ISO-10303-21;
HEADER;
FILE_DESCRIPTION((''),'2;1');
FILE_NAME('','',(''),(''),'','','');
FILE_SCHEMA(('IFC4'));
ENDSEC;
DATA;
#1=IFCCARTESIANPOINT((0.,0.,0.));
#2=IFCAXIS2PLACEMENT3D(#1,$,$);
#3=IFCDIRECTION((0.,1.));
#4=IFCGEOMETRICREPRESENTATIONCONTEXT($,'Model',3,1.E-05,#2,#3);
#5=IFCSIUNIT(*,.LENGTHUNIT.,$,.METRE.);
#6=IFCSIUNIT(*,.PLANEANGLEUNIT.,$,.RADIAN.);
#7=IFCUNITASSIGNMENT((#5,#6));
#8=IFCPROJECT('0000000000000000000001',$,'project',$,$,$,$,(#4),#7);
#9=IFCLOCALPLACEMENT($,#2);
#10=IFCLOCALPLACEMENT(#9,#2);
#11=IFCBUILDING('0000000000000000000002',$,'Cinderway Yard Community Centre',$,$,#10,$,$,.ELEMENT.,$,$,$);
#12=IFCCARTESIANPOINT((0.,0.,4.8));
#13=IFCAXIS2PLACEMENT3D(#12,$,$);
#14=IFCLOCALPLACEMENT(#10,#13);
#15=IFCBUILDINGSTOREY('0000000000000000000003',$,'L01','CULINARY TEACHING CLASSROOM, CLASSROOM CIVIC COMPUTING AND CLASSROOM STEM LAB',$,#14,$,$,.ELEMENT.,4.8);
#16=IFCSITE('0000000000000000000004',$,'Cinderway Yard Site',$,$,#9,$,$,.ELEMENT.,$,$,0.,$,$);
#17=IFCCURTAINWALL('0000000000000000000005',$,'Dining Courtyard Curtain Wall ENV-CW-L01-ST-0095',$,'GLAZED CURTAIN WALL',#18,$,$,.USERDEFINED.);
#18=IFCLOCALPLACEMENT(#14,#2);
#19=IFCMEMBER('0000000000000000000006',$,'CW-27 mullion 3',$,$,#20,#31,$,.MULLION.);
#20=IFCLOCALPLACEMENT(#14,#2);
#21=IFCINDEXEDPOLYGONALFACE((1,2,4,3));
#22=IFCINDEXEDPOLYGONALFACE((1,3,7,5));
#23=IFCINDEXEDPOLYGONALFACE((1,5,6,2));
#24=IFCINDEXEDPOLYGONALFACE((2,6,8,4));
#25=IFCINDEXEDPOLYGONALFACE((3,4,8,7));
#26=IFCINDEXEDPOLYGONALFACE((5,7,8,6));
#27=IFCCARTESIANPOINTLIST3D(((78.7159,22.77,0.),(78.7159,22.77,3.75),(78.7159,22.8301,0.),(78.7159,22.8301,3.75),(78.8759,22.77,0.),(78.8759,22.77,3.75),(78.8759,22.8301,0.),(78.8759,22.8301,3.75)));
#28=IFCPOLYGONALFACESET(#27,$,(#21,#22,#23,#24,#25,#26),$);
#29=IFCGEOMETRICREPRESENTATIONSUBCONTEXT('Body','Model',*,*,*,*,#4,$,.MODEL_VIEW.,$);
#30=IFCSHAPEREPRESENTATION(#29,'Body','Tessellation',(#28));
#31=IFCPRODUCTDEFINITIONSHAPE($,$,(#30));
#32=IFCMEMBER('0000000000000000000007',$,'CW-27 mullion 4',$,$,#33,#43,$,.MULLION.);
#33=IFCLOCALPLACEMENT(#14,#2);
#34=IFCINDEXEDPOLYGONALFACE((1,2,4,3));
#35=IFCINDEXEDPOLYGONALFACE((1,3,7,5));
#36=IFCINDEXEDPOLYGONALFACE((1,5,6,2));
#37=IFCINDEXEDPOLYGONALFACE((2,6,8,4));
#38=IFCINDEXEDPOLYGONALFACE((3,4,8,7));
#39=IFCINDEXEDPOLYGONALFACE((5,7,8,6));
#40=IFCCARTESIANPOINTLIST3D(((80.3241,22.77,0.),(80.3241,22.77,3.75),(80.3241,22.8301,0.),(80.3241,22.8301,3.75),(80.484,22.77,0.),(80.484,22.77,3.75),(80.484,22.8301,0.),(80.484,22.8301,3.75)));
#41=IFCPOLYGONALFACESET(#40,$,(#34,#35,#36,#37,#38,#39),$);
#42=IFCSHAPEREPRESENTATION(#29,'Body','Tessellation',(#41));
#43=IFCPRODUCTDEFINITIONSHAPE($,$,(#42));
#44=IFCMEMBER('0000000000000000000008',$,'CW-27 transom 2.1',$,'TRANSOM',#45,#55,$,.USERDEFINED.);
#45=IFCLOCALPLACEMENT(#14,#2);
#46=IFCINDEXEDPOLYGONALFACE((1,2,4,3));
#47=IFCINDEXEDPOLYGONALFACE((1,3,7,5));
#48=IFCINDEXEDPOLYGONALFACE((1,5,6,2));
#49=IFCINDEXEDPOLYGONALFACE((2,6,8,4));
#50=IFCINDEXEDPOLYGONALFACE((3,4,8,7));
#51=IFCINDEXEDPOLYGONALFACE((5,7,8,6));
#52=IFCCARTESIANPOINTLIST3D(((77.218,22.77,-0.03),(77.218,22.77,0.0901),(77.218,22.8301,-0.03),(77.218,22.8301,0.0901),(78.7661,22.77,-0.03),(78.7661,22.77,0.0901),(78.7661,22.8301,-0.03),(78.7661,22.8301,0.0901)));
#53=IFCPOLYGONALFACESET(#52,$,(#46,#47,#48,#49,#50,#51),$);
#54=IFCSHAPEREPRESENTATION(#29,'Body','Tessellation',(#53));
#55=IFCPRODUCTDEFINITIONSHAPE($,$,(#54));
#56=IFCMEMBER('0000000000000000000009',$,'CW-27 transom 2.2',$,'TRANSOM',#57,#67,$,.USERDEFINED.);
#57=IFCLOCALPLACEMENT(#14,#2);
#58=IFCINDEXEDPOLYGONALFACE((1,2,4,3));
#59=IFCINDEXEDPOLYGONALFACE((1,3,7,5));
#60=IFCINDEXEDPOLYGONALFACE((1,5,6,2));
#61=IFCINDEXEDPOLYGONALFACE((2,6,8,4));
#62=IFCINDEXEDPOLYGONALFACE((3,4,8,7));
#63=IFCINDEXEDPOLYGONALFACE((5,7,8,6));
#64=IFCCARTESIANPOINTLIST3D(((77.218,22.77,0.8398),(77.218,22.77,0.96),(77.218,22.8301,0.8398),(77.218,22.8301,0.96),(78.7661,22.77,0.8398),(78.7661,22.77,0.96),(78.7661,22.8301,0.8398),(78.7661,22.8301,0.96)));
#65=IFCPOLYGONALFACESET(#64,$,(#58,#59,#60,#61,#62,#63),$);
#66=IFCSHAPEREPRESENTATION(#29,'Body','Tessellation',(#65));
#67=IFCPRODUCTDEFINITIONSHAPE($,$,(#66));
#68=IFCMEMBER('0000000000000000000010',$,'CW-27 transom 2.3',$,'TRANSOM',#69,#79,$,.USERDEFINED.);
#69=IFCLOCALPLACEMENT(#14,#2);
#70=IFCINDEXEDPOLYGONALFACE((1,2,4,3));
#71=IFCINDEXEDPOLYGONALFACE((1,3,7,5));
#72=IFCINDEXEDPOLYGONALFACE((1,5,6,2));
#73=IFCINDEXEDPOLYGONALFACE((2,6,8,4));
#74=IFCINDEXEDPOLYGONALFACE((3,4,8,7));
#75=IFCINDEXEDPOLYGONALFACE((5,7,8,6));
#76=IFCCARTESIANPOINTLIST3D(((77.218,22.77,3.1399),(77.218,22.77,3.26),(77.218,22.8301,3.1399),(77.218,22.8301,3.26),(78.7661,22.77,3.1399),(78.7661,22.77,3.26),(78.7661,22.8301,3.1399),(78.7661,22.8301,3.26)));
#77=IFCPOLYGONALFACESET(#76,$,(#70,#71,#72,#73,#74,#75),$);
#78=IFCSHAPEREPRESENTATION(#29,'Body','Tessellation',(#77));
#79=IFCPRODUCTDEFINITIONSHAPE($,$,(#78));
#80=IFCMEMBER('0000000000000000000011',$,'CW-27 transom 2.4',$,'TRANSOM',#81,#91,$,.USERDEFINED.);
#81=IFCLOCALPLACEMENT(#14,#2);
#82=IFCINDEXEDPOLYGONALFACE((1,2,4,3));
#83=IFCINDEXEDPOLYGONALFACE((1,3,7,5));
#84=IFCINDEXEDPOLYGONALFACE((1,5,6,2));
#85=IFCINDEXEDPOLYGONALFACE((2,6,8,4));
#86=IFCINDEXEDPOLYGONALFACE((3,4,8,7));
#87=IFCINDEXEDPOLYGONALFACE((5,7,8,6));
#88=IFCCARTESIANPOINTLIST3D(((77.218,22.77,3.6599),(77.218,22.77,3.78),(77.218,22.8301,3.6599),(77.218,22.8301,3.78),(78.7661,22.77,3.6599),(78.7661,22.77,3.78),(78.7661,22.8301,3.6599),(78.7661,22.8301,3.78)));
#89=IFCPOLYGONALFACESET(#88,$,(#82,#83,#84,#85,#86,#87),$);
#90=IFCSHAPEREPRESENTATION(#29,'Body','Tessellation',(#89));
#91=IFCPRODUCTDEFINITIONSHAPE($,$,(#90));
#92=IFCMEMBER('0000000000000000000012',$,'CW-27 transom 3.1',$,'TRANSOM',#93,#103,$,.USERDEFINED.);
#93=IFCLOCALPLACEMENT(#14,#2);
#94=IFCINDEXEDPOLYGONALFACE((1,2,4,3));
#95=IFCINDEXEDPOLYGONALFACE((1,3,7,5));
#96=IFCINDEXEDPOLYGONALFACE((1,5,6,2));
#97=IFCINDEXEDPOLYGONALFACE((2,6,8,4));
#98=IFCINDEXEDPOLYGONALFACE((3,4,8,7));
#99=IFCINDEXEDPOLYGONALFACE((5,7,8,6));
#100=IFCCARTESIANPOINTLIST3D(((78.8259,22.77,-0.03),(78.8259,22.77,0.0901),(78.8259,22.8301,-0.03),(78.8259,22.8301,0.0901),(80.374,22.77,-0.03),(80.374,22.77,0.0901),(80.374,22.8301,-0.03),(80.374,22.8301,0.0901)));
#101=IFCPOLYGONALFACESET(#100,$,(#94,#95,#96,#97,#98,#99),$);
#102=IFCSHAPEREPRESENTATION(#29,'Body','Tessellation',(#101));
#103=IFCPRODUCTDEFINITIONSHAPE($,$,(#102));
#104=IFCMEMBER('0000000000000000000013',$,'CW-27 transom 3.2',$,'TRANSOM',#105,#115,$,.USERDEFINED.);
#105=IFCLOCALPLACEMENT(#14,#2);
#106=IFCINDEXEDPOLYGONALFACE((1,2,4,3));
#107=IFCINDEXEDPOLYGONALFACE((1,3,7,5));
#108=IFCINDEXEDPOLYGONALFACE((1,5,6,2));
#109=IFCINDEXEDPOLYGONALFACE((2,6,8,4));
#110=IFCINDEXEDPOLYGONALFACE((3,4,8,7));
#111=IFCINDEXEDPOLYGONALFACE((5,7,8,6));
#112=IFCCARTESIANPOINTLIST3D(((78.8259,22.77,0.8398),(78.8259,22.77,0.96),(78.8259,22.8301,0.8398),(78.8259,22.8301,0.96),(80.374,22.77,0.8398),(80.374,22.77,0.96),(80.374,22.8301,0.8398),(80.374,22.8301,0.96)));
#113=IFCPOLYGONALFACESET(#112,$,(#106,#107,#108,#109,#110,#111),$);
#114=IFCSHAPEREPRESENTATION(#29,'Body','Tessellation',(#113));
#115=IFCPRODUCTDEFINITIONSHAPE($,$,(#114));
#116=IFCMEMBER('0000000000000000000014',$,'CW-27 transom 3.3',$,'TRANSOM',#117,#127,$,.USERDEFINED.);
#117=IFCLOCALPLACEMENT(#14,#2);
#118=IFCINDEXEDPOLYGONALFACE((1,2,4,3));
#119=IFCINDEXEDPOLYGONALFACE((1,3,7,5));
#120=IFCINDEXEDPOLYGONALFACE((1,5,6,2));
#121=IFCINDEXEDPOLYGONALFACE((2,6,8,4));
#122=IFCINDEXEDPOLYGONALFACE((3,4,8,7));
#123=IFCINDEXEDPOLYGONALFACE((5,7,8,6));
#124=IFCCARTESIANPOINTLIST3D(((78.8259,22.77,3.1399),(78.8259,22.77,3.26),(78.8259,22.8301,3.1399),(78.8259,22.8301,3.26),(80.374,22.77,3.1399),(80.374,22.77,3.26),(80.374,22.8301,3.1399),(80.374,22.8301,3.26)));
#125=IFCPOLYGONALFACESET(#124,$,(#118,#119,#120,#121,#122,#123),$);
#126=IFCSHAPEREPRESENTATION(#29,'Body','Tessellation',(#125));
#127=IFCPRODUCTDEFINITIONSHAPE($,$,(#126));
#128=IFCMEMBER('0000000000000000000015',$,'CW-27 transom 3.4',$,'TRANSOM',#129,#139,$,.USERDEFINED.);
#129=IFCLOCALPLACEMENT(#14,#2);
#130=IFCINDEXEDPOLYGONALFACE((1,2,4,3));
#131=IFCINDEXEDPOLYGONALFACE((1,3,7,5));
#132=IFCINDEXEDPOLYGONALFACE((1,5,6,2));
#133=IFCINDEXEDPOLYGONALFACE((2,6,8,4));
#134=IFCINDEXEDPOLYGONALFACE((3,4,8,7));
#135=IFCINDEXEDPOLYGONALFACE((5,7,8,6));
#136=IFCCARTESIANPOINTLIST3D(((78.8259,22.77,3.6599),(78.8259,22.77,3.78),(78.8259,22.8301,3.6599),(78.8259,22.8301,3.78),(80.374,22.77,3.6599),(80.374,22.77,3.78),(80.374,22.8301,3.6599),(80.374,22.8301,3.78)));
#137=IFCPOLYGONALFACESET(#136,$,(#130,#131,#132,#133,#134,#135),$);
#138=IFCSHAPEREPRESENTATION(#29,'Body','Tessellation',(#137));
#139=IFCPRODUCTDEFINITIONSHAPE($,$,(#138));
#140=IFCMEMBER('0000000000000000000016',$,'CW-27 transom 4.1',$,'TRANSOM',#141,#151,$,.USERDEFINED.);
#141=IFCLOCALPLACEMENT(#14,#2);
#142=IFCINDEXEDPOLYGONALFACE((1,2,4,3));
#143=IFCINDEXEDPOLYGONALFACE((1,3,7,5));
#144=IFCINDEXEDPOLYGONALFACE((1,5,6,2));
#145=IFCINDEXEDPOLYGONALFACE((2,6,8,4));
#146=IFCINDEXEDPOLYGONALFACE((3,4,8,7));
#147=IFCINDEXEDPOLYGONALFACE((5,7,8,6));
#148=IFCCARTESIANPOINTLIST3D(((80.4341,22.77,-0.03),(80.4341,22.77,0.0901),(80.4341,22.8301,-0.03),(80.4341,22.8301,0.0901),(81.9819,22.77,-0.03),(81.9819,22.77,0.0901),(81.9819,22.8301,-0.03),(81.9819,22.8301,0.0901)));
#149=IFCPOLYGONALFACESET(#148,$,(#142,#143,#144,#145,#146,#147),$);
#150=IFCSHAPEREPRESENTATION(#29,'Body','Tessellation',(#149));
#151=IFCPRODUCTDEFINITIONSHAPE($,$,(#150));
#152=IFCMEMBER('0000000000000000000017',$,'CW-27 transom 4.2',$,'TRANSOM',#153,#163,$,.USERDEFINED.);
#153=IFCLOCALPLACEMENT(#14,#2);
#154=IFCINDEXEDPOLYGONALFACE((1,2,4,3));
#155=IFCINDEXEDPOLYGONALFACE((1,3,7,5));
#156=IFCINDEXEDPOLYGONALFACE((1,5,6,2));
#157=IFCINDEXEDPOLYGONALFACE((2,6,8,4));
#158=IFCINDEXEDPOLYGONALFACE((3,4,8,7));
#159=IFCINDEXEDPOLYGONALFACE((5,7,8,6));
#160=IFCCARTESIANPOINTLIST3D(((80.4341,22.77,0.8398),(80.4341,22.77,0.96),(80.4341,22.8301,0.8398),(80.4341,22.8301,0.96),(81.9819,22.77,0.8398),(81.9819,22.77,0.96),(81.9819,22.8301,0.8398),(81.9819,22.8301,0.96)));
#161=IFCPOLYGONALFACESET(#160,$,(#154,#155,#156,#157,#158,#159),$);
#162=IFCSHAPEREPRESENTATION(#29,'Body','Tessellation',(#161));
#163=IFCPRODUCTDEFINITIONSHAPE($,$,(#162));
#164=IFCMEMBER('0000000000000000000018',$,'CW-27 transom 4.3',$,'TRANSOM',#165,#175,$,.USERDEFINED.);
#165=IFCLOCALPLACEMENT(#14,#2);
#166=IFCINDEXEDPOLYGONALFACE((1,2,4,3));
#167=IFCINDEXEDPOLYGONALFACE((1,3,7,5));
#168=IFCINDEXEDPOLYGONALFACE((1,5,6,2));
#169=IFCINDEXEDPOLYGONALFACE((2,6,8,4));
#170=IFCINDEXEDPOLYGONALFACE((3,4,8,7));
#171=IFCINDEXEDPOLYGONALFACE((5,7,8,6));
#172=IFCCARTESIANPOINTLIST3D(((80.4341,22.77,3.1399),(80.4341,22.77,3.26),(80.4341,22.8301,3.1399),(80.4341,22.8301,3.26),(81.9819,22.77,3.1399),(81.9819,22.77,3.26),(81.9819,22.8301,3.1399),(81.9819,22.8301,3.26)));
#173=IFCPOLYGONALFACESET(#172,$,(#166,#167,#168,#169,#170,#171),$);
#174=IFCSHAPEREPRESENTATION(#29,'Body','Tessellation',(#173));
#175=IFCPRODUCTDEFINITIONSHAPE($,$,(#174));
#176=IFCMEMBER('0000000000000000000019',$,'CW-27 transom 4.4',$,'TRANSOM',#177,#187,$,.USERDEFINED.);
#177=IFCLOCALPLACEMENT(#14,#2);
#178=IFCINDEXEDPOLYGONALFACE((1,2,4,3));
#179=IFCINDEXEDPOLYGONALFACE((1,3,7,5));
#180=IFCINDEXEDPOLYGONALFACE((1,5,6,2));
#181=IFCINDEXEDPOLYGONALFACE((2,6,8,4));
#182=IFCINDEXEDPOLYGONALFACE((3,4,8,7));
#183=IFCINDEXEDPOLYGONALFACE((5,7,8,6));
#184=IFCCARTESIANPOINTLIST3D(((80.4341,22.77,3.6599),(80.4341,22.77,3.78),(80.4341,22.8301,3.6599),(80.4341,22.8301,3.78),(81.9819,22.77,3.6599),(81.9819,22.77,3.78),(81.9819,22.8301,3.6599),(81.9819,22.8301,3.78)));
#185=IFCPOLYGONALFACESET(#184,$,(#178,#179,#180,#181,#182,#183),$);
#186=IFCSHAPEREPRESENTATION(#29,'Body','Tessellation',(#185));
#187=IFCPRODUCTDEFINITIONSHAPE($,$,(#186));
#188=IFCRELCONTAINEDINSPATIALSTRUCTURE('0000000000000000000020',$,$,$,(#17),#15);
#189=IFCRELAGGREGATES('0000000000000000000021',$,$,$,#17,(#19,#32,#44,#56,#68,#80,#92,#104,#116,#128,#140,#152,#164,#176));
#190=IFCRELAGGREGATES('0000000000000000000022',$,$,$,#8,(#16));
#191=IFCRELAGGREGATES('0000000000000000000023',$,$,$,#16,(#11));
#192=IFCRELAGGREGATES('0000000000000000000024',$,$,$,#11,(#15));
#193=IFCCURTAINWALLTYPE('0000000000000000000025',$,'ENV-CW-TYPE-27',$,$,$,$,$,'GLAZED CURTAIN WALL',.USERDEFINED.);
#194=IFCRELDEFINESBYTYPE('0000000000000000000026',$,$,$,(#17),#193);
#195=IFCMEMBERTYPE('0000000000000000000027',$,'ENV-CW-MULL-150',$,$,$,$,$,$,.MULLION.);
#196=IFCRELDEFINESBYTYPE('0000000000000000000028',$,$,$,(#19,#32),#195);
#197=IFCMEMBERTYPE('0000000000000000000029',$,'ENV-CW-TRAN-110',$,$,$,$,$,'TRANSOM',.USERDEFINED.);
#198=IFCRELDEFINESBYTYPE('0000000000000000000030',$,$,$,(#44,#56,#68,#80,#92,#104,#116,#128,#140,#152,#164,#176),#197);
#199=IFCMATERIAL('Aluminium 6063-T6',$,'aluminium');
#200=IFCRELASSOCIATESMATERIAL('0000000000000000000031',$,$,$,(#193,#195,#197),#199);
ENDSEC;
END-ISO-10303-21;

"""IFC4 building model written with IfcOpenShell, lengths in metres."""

from ifc_helpers import new_model, si_unit, direction, frame, origin, origin_2d, place, context, subcontext, project, spatial, rectangle, extrude, material, material_profile, profile_set, type_object, element, aggregate, save


model = new_model("IFC4")

# Units and contexts
model_context = context("Model", 3, precision=1e-05, world=origin(), true_north=direction((0.0, 1.0)))
body_context = subcontext(model_context, "Body", "Model", "MODEL_VIEW")
ifc_project = project(units=[si_unit("LENGTHUNIT", "METRE"), si_unit("PLANEANGLEUNIT", "RADIAN")], contexts=[model_context])

# Site, building, storey
site_placement = place(None, origin())
site = spatial("IfcSite", under=ifc_project, at=site_placement, Name="Cinderway Yard Site", CompositionType="ELEMENT", RefElevation=0.0)
building_placement = place(site_placement, origin())
building = spatial("IfcBuilding", under=site, at=building_placement, Name="Cinderway Yard Community Centre", CompositionType="ELEMENT")
storey_placement = place(building_placement, frame((0.0, 0.0, 4.8)))
storey = spatial("IfcBuildingStorey", under=building, at=storey_placement, Name="L01", Description="CULINARY TEACHING CLASSROOM, CLASSROOM CIVIC COMPUTING AND CLASSROOM STEM LAB", CompositionType="ELEMENT", Elevation=4.8)

# Curtain wall, members
ifc_material_1 = material(Name="Aluminium 6063-T6", Category="aluminium")
curtain_wall_type = type_object("IfcCurtainWallType", Name="ENV-CW-TYPE-27", ElementType="GLAZED CURTAIN WALL", PredefinedType="USERDEFINED", material=ifc_material_1)
curtain_wall_placement = place(storey_placement, origin())
curtain_wall = element("IfcCurtainWall", 1, at=curtain_wall_placement, inside=storey, type_object=curtain_wall_type, Name="Dining Courtyard Curtain Wall ENV-CW-L01-ST-0095", ObjectType="GLAZED CURTAIN WALL", PredefinedType="USERDEFINED")
ifc_material_profile_1 = material_profile(ifc_material_1, rectangle(XDim=0.0601, YDim=0.1599, at=origin_2d()), Name="Aluminium 6063-T6")
ifc_profile_set_1 = profile_set([ifc_material_profile_1], Name="Aluminium 6063-T6")
member_type_1 = type_object("IfcMemberType", Name="ENV-CW-MULL-150", PredefinedType="MULLION", material=ifc_profile_set_1)
member_1_placement = place(storey_placement, frame((78.7959, 22.8, 0.0), z_axis=(0.0, 0.0, 1.0), x_axis=(0.0, 1.0, 0.0)))
member_1 = element("IfcMember", 2, at=member_1_placement, type_object=member_type_1, Name="CW-27 mullion 3", PredefinedType="MULLION", context=body_context, shape_type="SweptSolid", body=[
    extrude(rectangle(XDim=0.0601, YDim=0.1599, at=origin_2d()), origin(), (0.0, 0.0, 1.0), 3.75),
])
member_2_placement = place(storey_placement, frame((80.4041, 22.8, 0.0), z_axis=(0.0, 0.0, 1.0), x_axis=(0.0, 1.0, 0.0)))
member_2 = element("IfcMember", 3, at=member_2_placement, type_object=member_type_1, Name="CW-27 mullion 4", PredefinedType="MULLION", context=body_context, shape_type="SweptSolid", body=[
    extrude(rectangle(XDim=0.0601, YDim=0.1599, at=origin_2d()), origin(), (0.0, 0.0, 1.0), 3.75),
])
ifc_material_profile_2 = material_profile(ifc_material_1, rectangle(XDim=0.0601, YDim=0.1201, at=origin_2d()), Name="Aluminium 6063-T6")
ifc_profile_set_2 = profile_set([ifc_material_profile_2], Name="Aluminium 6063-T6")
member_type_2 = type_object("IfcMemberType", Name="ENV-CW-TRAN-110", ElementType="TRANSOM", PredefinedType="USERDEFINED", material=ifc_profile_set_2)
member_3_placement = place(storey_placement, frame((77.218, 22.8, 0.03), z_axis=(1.0, 0.0, 0.0), x_axis=(0.0, 1.0, 0.0)))
member_3 = element("IfcMember", 4, at=member_3_placement, type_object=member_type_2, Name="CW-27 transom 2.1", ObjectType="TRANSOM", PredefinedType="USERDEFINED", context=body_context, shape_type="SweptSolid", body=[
    extrude(rectangle(XDim=0.0601, YDim=0.1201, at=origin_2d()), origin(), (0.0, 0.0, 1.0), 1.5481),
])
member_4_placement = place(storey_placement, frame((77.218, 22.8, 0.8999), z_axis=(1.0, 0.0, 0.0), x_axis=(0.0, 1.0, 0.0)))
member_4 = element("IfcMember", 5, at=member_4_placement, type_object=member_type_2, Name="CW-27 transom 2.2", ObjectType="TRANSOM", PredefinedType="USERDEFINED", context=body_context, shape_type="SweptSolid", body=[
    extrude(rectangle(XDim=0.0601, YDim=0.1201, at=origin_2d()), origin(), (0.0, 0.0, 1.0), 1.5481),
])
member_5_placement = place(storey_placement, frame((77.218, 22.8, 3.2), z_axis=(1.0, 0.0, 0.0), x_axis=(0.0, 1.0, 0.0)))
member_5 = element("IfcMember", 6, at=member_5_placement, type_object=member_type_2, Name="CW-27 transom 2.3", ObjectType="TRANSOM", PredefinedType="USERDEFINED", context=body_context, shape_type="SweptSolid", body=[
    extrude(rectangle(XDim=0.0601, YDim=0.1201, at=origin_2d()), origin(), (0.0, 0.0, 1.0), 1.5481),
])
member_6_placement = place(storey_placement, frame((77.218, 22.8, 3.72), z_axis=(1.0, 0.0, 0.0), x_axis=(0.0, 1.0, 0.0)))
member_6 = element("IfcMember", 7, at=member_6_placement, type_object=member_type_2, Name="CW-27 transom 2.4", ObjectType="TRANSOM", PredefinedType="USERDEFINED", context=body_context, shape_type="SweptSolid", body=[
    extrude(rectangle(XDim=0.0601, YDim=0.1201, at=origin_2d()), origin(), (0.0, 0.0, 1.0), 1.5481),
])
member_7_placement = place(storey_placement, frame((78.8259, 22.8, 0.03), z_axis=(1.0, 0.0, 0.0), x_axis=(0.0, 1.0, 0.0)))
member_7 = element("IfcMember", 8, at=member_7_placement, type_object=member_type_2, Name="CW-27 transom 3.1", ObjectType="TRANSOM", PredefinedType="USERDEFINED", context=body_context, shape_type="SweptSolid", body=[
    extrude(rectangle(XDim=0.0601, YDim=0.1201, at=origin_2d()), origin(), (0.0, 0.0, 1.0), 1.5481),
])
member_8_placement = place(storey_placement, frame((78.8259, 22.8, 0.8999), z_axis=(1.0, 0.0, 0.0), x_axis=(0.0, 1.0, 0.0)))
member_8 = element("IfcMember", 9, at=member_8_placement, type_object=member_type_2, Name="CW-27 transom 3.2", ObjectType="TRANSOM", PredefinedType="USERDEFINED", context=body_context, shape_type="SweptSolid", body=[
    extrude(rectangle(XDim=0.0601, YDim=0.1201, at=origin_2d()), origin(), (0.0, 0.0, 1.0), 1.5481),
])
member_9_placement = place(storey_placement, frame((78.8259, 22.8, 3.2), z_axis=(1.0, 0.0, 0.0), x_axis=(0.0, 1.0, 0.0)))
member_9 = element("IfcMember", 10, at=member_9_placement, type_object=member_type_2, Name="CW-27 transom 3.3", ObjectType="TRANSOM", PredefinedType="USERDEFINED", context=body_context, shape_type="SweptSolid", body=[
    extrude(rectangle(XDim=0.0601, YDim=0.1201, at=origin_2d()), origin(), (0.0, 0.0, 1.0), 1.5481),
])
member_10_placement = place(storey_placement, frame((78.8259, 22.8, 3.72), z_axis=(1.0, 0.0, 0.0), x_axis=(0.0, 1.0, 0.0)))
member_10 = element("IfcMember", 11, at=member_10_placement, type_object=member_type_2, Name="CW-27 transom 3.4", ObjectType="TRANSOM", PredefinedType="USERDEFINED", context=body_context, shape_type="SweptSolid", body=[
    extrude(rectangle(XDim=0.0601, YDim=0.1201, at=origin_2d()), origin(), (0.0, 0.0, 1.0), 1.5481),
])
member_11_placement = place(storey_placement, frame((80.4341, 22.8, 0.03), z_axis=(1.0, 0.0, 0.0), x_axis=(0.0, 1.0, 0.0)))
member_11 = element("IfcMember", 12, at=member_11_placement, type_object=member_type_2, Name="CW-27 transom 4.1", ObjectType="TRANSOM", PredefinedType="USERDEFINED", context=body_context, shape_type="SweptSolid", body=[
    extrude(rectangle(XDim=0.0601, YDim=0.1201, at=origin_2d()), origin(), (0.0, 0.0, 1.0), 1.5479),
])
member_12_placement = place(storey_placement, frame((80.4341, 22.8, 0.8999), z_axis=(1.0, 0.0, 0.0), x_axis=(0.0, 1.0, 0.0)))
member_12 = element("IfcMember", 13, at=member_12_placement, type_object=member_type_2, Name="CW-27 transom 4.2", ObjectType="TRANSOM", PredefinedType="USERDEFINED", context=body_context, shape_type="SweptSolid", body=[
    extrude(rectangle(XDim=0.0601, YDim=0.1201, at=origin_2d()), origin(), (0.0, 0.0, 1.0), 1.5479),
])
member_13_placement = place(storey_placement, frame((80.4341, 22.8, 3.2), z_axis=(1.0, 0.0, 0.0), x_axis=(0.0, 1.0, 0.0)))
member_13 = element("IfcMember", 14, at=member_13_placement, type_object=member_type_2, Name="CW-27 transom 4.3", ObjectType="TRANSOM", PredefinedType="USERDEFINED", context=body_context, shape_type="SweptSolid", body=[
    extrude(rectangle(XDim=0.0601, YDim=0.1201, at=origin_2d()), origin(), (0.0, 0.0, 1.0), 1.5479),
])
member_14_placement = place(storey_placement, frame((80.4341, 22.8, 3.72), z_axis=(1.0, 0.0, 0.0), x_axis=(0.0, 1.0, 0.0)))
member_14 = element("IfcMember", 15, at=member_14_placement, type_object=member_type_2, Name="CW-27 transom 4.4", ObjectType="TRANSOM", PredefinedType="USERDEFINED", context=body_context, shape_type="SweptSolid", body=[
    extrude(rectangle(XDim=0.0601, YDim=0.1201, at=origin_2d()), origin(), (0.0, 0.0, 1.0), 1.5479),
])

aggregate(curtain_wall, [member_1, member_2, member_3, member_4, member_5, member_6, member_7, member_8, member_9, member_10, member_11, member_12, member_13, member_14])

save(model, "model.ifc")
